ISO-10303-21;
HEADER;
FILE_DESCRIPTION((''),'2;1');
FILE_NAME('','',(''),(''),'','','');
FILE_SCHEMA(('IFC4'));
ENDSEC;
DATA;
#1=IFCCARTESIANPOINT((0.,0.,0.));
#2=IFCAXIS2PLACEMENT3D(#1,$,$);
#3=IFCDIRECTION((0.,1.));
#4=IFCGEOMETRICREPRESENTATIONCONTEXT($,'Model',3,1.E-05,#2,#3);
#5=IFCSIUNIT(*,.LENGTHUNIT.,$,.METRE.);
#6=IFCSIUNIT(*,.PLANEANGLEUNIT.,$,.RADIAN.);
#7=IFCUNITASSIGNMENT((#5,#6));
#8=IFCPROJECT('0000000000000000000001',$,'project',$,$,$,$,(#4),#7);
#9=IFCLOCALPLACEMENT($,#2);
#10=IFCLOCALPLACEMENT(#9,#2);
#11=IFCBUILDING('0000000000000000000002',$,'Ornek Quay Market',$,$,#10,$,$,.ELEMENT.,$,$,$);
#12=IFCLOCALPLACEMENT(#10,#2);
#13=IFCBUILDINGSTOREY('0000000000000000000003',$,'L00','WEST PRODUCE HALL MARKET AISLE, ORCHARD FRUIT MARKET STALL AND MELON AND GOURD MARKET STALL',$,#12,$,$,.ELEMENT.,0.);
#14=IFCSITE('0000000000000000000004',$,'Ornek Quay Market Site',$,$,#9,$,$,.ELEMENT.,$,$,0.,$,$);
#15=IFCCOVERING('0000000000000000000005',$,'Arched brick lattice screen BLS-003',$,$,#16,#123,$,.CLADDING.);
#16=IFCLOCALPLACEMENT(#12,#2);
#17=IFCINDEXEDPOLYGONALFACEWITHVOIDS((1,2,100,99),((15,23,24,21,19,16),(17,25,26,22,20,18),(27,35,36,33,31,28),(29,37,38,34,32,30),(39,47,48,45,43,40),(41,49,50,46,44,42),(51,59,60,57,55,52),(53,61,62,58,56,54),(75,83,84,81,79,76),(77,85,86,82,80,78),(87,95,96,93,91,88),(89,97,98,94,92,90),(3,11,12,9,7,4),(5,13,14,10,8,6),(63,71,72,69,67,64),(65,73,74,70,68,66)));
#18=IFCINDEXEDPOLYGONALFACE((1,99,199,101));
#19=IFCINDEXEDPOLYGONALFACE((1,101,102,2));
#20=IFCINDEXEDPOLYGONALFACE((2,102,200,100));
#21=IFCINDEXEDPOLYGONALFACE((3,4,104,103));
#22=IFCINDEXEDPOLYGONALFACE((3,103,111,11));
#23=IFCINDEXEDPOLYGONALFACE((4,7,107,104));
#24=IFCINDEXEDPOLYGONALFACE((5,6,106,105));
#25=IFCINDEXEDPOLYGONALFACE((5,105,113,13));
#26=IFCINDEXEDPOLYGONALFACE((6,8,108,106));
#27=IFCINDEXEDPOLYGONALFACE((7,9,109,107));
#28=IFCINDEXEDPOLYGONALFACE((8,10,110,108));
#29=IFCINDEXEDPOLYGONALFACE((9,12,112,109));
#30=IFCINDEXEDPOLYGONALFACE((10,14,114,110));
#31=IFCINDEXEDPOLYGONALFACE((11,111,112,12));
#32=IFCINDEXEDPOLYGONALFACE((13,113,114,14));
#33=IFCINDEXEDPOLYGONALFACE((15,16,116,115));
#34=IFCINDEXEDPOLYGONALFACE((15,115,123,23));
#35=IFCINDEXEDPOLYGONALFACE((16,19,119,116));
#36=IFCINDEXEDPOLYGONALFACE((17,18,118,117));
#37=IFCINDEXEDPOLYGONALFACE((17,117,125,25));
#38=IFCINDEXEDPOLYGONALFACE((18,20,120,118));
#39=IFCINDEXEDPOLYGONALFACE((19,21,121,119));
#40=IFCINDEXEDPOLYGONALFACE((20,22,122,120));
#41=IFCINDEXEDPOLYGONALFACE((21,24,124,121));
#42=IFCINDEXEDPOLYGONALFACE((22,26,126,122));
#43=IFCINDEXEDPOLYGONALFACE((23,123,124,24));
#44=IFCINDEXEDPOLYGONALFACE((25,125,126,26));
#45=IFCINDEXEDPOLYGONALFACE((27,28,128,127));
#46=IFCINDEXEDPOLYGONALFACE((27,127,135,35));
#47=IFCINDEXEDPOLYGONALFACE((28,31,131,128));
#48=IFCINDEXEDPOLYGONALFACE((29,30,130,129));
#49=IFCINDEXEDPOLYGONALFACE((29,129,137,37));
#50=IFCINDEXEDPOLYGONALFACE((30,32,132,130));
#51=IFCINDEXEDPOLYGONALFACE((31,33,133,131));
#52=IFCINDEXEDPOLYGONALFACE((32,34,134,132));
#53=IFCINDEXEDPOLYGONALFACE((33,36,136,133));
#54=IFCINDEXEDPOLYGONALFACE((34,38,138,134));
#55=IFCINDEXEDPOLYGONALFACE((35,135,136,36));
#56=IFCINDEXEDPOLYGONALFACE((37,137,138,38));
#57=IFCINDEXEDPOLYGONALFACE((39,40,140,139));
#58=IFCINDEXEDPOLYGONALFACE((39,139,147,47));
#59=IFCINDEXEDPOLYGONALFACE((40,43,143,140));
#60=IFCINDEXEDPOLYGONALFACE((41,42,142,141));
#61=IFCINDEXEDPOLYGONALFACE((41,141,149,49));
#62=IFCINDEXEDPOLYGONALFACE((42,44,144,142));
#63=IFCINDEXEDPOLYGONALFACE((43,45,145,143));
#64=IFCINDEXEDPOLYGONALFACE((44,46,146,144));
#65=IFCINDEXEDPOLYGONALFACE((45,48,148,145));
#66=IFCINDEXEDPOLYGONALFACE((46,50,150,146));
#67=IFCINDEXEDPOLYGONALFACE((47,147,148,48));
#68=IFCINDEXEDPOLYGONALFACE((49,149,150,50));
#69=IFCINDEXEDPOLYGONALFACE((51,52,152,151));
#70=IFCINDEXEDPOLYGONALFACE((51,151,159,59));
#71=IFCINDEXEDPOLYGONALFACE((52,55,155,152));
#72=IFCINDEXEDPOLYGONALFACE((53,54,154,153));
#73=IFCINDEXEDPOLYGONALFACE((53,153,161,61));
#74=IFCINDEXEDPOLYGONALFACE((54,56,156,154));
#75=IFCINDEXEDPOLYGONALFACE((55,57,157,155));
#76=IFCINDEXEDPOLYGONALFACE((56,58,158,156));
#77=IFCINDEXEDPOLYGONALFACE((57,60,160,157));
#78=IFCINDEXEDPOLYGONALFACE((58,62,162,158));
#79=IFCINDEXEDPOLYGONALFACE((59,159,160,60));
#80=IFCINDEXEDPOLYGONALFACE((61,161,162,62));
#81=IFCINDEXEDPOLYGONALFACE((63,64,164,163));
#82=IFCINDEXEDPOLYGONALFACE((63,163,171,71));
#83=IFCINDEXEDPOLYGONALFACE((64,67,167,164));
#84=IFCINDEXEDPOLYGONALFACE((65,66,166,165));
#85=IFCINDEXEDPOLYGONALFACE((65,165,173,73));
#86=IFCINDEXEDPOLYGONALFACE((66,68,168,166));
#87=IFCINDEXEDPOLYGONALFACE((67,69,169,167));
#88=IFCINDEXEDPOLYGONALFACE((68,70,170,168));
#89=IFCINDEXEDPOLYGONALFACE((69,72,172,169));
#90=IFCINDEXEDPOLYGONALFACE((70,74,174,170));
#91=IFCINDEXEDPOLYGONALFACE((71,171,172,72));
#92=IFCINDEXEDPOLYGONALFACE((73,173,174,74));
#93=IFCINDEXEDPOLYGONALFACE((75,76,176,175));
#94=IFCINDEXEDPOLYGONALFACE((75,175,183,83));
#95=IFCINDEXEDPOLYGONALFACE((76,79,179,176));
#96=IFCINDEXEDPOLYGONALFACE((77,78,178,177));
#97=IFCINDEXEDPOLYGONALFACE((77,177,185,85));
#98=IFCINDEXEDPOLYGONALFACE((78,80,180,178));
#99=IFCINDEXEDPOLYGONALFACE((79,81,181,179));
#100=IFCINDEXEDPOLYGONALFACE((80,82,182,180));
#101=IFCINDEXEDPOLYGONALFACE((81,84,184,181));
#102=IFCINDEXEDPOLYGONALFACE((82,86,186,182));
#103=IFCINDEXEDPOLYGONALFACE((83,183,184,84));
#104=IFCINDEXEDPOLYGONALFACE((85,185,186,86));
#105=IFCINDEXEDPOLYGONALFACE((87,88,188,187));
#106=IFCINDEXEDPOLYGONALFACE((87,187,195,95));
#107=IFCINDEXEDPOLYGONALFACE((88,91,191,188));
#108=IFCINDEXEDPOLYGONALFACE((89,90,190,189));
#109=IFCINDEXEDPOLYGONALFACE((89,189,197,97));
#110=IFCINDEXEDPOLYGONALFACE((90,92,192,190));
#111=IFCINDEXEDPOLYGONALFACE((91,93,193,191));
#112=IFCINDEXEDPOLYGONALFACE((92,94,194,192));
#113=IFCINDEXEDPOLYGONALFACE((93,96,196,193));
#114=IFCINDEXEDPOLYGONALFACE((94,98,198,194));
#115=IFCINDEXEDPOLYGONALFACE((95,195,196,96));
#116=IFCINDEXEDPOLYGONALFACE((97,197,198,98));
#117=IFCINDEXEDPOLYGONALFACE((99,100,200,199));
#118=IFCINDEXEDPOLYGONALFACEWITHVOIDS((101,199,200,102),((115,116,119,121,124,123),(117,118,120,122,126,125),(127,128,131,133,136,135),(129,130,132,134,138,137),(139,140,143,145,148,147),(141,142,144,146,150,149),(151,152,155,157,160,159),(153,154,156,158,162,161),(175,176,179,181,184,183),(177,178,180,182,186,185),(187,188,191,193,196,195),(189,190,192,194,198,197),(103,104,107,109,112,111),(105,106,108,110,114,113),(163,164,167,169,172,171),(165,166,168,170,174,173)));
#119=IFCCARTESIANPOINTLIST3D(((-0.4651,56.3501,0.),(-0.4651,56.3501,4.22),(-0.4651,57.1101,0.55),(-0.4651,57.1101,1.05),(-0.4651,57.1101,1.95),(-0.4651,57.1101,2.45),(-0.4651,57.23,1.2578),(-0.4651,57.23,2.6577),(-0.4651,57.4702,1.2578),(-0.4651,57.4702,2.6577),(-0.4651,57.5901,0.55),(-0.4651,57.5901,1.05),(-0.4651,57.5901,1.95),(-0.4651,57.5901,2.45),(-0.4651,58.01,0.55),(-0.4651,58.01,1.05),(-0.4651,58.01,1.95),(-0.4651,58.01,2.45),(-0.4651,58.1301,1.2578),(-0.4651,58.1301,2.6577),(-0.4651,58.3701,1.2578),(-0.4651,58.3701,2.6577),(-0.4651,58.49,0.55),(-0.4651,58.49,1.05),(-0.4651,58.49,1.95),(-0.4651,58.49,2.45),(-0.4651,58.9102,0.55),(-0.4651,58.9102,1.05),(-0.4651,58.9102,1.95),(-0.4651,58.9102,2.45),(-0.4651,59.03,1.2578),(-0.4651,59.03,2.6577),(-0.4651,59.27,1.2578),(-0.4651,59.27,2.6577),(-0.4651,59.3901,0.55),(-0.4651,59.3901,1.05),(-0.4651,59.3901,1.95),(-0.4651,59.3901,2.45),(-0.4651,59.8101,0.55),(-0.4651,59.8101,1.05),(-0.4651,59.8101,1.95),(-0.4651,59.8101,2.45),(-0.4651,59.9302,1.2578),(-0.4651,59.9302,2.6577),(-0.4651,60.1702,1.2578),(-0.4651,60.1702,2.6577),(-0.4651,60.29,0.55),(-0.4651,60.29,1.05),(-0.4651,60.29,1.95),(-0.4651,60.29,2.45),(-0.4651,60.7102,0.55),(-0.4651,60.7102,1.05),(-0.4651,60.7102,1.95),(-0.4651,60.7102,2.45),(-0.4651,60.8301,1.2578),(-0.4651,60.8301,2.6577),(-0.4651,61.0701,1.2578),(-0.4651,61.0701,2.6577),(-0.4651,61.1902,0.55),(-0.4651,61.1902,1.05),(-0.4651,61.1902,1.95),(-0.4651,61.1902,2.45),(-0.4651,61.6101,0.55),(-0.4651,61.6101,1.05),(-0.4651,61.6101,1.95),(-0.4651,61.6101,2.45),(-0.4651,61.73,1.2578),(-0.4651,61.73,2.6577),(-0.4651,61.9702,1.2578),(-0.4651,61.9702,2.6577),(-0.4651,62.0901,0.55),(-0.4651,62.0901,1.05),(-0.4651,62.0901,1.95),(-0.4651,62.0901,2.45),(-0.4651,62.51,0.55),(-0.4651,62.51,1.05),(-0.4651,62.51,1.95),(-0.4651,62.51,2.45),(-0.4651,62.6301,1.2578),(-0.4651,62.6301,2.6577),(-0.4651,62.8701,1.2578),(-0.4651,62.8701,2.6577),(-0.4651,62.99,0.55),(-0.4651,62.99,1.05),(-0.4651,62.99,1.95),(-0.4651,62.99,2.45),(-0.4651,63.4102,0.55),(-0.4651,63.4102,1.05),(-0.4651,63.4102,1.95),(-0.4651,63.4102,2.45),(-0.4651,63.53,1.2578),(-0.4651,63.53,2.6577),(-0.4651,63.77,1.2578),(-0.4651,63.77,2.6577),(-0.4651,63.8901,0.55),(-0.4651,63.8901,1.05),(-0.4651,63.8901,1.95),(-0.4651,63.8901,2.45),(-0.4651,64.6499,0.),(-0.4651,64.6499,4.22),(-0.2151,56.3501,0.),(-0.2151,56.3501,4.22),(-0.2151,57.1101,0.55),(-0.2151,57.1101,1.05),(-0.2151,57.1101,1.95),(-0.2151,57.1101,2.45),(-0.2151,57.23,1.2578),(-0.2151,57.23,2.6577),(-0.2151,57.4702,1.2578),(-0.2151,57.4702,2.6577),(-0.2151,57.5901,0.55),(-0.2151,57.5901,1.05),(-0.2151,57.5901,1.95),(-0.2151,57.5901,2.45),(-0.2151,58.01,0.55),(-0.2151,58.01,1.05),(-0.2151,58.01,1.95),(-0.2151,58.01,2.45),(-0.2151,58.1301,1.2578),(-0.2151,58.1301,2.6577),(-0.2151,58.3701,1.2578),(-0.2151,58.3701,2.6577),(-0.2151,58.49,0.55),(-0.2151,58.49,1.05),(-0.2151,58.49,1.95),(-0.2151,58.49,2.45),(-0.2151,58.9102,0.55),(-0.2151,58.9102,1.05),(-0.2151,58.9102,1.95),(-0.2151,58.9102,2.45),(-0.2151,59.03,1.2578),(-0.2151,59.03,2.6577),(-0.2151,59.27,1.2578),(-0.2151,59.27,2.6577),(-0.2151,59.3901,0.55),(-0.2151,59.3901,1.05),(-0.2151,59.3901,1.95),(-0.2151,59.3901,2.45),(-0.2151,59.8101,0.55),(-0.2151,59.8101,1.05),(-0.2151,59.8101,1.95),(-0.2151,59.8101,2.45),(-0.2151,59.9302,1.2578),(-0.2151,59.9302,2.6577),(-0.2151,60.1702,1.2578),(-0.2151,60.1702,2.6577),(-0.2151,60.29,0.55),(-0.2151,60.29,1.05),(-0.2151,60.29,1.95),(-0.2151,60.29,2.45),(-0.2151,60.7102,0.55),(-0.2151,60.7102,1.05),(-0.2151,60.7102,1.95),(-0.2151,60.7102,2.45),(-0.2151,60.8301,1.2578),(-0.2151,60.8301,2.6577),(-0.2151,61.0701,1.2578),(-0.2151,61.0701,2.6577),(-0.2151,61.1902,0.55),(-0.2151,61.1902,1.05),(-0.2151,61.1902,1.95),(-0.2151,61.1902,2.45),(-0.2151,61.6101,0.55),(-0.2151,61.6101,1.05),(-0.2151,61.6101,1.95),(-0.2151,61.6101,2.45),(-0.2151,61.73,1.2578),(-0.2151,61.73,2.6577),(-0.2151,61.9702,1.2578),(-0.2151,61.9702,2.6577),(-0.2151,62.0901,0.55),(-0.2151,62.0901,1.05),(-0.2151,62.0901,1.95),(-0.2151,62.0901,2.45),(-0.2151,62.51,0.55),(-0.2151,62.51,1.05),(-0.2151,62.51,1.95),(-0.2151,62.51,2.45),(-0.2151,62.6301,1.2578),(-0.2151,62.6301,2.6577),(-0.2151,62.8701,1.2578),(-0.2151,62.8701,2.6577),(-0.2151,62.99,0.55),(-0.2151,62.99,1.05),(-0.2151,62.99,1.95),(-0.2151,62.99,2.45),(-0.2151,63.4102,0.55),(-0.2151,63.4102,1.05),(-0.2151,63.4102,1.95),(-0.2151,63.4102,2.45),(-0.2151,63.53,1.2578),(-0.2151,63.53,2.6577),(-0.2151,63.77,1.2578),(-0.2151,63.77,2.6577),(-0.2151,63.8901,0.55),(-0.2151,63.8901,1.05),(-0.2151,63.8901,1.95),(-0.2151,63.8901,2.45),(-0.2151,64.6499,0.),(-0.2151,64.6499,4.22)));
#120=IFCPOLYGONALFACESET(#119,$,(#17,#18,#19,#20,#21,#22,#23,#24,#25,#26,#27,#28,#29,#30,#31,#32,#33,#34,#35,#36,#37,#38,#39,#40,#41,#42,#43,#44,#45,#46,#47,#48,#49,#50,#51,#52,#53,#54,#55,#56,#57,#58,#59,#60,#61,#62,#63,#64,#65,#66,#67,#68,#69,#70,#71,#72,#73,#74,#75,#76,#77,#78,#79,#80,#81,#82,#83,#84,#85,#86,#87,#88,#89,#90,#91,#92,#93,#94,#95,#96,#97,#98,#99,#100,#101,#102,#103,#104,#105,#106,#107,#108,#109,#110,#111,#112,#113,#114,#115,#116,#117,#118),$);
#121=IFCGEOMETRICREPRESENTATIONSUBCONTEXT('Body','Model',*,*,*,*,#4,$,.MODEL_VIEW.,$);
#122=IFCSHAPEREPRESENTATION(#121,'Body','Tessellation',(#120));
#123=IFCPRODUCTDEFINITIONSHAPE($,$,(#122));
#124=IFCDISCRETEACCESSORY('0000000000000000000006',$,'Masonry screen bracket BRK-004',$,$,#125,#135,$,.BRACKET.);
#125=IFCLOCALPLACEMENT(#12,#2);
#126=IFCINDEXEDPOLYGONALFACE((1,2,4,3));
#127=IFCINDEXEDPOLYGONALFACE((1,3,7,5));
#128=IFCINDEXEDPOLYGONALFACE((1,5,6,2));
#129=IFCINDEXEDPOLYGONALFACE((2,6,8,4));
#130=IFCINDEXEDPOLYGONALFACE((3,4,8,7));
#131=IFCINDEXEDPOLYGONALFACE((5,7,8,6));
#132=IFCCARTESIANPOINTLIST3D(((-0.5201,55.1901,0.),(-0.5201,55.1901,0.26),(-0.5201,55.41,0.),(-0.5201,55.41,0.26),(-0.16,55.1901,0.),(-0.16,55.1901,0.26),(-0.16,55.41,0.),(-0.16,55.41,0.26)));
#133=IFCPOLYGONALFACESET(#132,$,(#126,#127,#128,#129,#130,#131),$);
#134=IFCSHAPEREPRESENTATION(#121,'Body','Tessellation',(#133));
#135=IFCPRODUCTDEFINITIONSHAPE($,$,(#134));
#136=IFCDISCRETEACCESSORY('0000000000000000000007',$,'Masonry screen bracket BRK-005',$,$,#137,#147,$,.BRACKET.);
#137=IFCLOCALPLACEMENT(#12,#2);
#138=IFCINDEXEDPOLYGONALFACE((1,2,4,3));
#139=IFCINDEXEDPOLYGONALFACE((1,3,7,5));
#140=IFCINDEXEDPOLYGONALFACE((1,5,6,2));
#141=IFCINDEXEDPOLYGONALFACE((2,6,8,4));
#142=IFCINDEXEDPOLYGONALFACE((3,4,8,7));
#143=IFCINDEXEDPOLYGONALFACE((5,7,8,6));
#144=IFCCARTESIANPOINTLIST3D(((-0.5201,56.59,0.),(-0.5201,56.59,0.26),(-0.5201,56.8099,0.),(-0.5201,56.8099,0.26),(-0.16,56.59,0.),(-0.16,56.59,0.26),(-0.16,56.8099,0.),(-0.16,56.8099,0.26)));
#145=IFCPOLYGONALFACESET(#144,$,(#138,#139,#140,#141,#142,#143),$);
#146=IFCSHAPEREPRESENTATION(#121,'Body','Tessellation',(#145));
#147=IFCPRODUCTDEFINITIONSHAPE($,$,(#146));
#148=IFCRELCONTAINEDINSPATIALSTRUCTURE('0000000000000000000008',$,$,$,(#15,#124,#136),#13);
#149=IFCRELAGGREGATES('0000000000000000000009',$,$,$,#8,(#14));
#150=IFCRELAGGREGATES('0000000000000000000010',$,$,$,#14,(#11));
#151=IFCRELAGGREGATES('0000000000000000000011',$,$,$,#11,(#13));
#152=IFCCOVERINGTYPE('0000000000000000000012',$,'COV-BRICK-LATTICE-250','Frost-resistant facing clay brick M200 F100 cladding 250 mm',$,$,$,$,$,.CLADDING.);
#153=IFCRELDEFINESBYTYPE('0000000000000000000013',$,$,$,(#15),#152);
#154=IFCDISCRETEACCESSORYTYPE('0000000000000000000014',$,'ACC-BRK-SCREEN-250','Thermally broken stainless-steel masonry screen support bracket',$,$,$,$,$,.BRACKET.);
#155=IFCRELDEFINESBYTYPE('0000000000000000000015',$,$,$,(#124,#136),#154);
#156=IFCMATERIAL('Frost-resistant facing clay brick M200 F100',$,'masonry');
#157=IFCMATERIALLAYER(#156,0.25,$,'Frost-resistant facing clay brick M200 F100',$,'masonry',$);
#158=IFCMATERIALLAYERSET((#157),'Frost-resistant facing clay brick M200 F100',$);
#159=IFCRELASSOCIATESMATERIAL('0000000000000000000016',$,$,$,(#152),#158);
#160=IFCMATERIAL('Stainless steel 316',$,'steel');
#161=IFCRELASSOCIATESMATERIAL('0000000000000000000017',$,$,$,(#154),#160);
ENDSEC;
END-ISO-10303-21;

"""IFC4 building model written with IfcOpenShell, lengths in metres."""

from ifc_helpers import new_model, si_unit, direction, frame, origin, origin_2d, place, context, subcontext, project, spatial, polyline, rectangle, outline, extrude, material, layer, layer_set, type_object, element, save


model = new_model("IFC4")

# Units and contexts
model_context = context("Model", 3, precision=1e-05, world=origin(), true_north=direction((0.0, 1.0)))
body_context = subcontext(model_context, "Body", "Model", "MODEL_VIEW")
ifc_project = project(units=[si_unit("LENGTHUNIT", "METRE"), si_unit("PLANEANGLEUNIT", "RADIAN")], contexts=[model_context])

# Site, building, storey
site_placement = place(None, origin())
site = spatial("IfcSite", under=ifc_project, at=site_placement, Name="Ornek Quay Market Site", CompositionType="ELEMENT", RefElevation=0.0)
building_placement = place(site_placement, origin())
building = spatial("IfcBuilding", under=site, at=building_placement, Name="Ornek Quay Market", CompositionType="ELEMENT")
storey_placement = place(building_placement, origin())
storey = spatial("IfcBuildingStorey", under=building, at=storey_placement, Name="L00", Description="WEST PRODUCE HALL MARKET AISLE, ORCHARD FRUIT MARKET STALL AND MELON AND GOURD MARKET STALL", CompositionType="ELEMENT", Elevation=0.0)

# Shared definitions
ifc_material_1 = material(Name="Frost-resistant facing clay brick M200 F100", Category="masonry")

# Covering
ifc_layer_1 = layer(ifc_material_1, 0.25, Name="Frost-resistant facing clay brick M200 F100", Category="masonry")
ifc_layer_set_1 = layer_set([ifc_layer_1], Name="Frost-resistant facing clay brick M200 F100")
covering_type = type_object("IfcCoveringType", Name="COV-BRICK-LATTICE-250", Description="Frost-resistant facing clay brick M200 F100 cladding 250 mm", PredefinedType="CLADDING", material=ifc_layer_set_1)
covering_placement = place(storey_placement, frame((-0.3401, 56.3501, 0.0), z_axis=(0.0, 0.0, 1.0), x_axis=(0.0, 1.0, 0.0)))
element("IfcCovering", 1, at=covering_placement, inside=storey, type_object=covering_type, Name="Arched brick lattice screen BLS-003", PredefinedType="CLADDING", context=body_context, shape_type="SweptSolid", body=[
    extrude(outline(polyline([(0.0, 0.0), (8.2998, 0.0), (8.2998, 4.22), (0.0, 4.22), (0.0, 0.0)]), holes=[polyline([(0.76, 0.55), (1.24, 0.55), (1.24, 1.05), (1.1201, 1.2578), (0.8799, 1.2578), (0.76, 1.05), (0.76, 0.55)]), polyline([(0.76, 1.95), (1.24, 1.95), (1.24, 2.45), (1.1201, 2.6577), (0.8799, 2.6577), (0.76, 2.45), (0.76, 1.95)]), polyline([(1.6599, 0.55), (2.1399, 0.55), (2.1399, 1.05), (2.02, 1.2578), (1.78, 1.2578), (1.6599, 1.05), (1.6599, 0.55)]), polyline([(1.6599, 1.95), (2.1399, 1.95), (2.1399, 2.45), (2.02, 2.6577), (1.78, 2.6577), (1.6599, 2.45), (1.6599, 1.95)]), polyline([(2.5601, 0.55), (3.04, 0.55), (3.04, 1.05), (2.9199, 1.2578), (2.6799, 1.2578), (2.5601, 1.05), (2.5601, 0.55)]), polyline([(2.5601, 1.95), (3.04, 1.95), (3.04, 2.45), (2.9199, 2.6577), (2.6799, 2.6577), (2.5601, 2.45), (2.5601, 1.95)]), polyline([(3.46, 0.55), (3.9399, 0.55), (3.9399, 1.05), (3.8201, 1.2578), (3.5801, 1.2578), (3.46, 1.05), (3.46, 0.55)]), polyline([(3.46, 1.95), (3.9399, 1.95), (3.9399, 2.45), (3.8201, 2.6577), (3.5801, 2.6577), (3.46, 2.45), (3.46, 1.95)]), polyline([(4.3601, 0.55), (4.8401, 0.55), (4.8401, 1.05), (4.72, 1.2578), (4.48, 1.2578), (4.3601, 1.05), (4.3601, 0.55)]), polyline([(4.3601, 1.95), (4.8401, 1.95), (4.8401, 2.45), (4.72, 2.6577), (4.48, 2.6577), (4.3601, 2.45), (4.3601, 1.95)]), polyline([(5.26, 0.55), (5.74, 0.55), (5.74, 1.05), (5.6201, 1.2578), (5.3799, 1.2578), (5.26, 1.05), (5.26, 0.55)]), polyline([(5.26, 1.95), (5.74, 1.95), (5.74, 2.45), (5.6201, 2.6577), (5.3799, 2.6577), (5.26, 2.45), (5.26, 1.95)]), polyline([(6.1599, 0.55), (6.6399, 0.55), (6.6399, 1.05), (6.52, 1.2578), (6.28, 1.2578), (6.1599, 1.05), (6.1599, 0.55)]), polyline([(6.1599, 1.95), (6.6399, 1.95), (6.6399, 2.45), (6.52, 2.6577), (6.28, 2.6577), (6.1599, 2.45), (6.1599, 1.95)]), polyline([(7.0601, 0.55), (7.54, 0.55), (7.54, 1.05), (7.4199, 1.2578), (7.1799, 1.2578), (7.0601, 1.05), (7.0601, 0.55)]), polyline([(7.0601, 1.95), (7.54, 1.95), (7.54, 2.45), (7.4199, 2.6577), (7.1799, 2.6577), (7.0601, 2.45), (7.0601, 1.95)])]), frame((0.0, 0.125, 0.0), z_axis=(0.0, -1.0, 0.0), x_axis=(1.0, 0.0, 0.0)), (0.0, 0.0, 1.0), 0.25),
])

# Discrete accessories
ifc_material_2 = material(Name="Stainless steel 316", Category="steel")
discrete_accessory_type = type_object("IfcDiscreteAccessoryType", Name="ACC-BRK-SCREEN-250", Description="Thermally broken stainless-steel masonry screen support bracket", PredefinedType="BRACKET", material=ifc_material_2)
for number, where, z_axis, x_axis, name in (
    (2, (-0.3401, 55.3, 0.0), (0.0, 0.0, 1.0), (0.0, 1.0, 0.0), "Masonry screen bracket BRK-004"),
    (3, (-0.3401, 56.7, 0.0), (0.0, 0.0, 1.0), (0.0, 1.0, 0.0), "Masonry screen bracket BRK-005"),
):
    element("IfcDiscreteAccessory", number, at=place(storey_placement, frame(where, z_axis=z_axis, x_axis=x_axis)), inside=storey, type_object=discrete_accessory_type, Name=name, PredefinedType="BRACKET", context=body_context, shape_type="SweptSolid", body=[
        extrude(rectangle(XDim=0.22, YDim=0.3601, at=origin_2d()), origin(), (0.0, 0.0, 1.0), 0.26),
    ])

save(model, "model.ifc")
